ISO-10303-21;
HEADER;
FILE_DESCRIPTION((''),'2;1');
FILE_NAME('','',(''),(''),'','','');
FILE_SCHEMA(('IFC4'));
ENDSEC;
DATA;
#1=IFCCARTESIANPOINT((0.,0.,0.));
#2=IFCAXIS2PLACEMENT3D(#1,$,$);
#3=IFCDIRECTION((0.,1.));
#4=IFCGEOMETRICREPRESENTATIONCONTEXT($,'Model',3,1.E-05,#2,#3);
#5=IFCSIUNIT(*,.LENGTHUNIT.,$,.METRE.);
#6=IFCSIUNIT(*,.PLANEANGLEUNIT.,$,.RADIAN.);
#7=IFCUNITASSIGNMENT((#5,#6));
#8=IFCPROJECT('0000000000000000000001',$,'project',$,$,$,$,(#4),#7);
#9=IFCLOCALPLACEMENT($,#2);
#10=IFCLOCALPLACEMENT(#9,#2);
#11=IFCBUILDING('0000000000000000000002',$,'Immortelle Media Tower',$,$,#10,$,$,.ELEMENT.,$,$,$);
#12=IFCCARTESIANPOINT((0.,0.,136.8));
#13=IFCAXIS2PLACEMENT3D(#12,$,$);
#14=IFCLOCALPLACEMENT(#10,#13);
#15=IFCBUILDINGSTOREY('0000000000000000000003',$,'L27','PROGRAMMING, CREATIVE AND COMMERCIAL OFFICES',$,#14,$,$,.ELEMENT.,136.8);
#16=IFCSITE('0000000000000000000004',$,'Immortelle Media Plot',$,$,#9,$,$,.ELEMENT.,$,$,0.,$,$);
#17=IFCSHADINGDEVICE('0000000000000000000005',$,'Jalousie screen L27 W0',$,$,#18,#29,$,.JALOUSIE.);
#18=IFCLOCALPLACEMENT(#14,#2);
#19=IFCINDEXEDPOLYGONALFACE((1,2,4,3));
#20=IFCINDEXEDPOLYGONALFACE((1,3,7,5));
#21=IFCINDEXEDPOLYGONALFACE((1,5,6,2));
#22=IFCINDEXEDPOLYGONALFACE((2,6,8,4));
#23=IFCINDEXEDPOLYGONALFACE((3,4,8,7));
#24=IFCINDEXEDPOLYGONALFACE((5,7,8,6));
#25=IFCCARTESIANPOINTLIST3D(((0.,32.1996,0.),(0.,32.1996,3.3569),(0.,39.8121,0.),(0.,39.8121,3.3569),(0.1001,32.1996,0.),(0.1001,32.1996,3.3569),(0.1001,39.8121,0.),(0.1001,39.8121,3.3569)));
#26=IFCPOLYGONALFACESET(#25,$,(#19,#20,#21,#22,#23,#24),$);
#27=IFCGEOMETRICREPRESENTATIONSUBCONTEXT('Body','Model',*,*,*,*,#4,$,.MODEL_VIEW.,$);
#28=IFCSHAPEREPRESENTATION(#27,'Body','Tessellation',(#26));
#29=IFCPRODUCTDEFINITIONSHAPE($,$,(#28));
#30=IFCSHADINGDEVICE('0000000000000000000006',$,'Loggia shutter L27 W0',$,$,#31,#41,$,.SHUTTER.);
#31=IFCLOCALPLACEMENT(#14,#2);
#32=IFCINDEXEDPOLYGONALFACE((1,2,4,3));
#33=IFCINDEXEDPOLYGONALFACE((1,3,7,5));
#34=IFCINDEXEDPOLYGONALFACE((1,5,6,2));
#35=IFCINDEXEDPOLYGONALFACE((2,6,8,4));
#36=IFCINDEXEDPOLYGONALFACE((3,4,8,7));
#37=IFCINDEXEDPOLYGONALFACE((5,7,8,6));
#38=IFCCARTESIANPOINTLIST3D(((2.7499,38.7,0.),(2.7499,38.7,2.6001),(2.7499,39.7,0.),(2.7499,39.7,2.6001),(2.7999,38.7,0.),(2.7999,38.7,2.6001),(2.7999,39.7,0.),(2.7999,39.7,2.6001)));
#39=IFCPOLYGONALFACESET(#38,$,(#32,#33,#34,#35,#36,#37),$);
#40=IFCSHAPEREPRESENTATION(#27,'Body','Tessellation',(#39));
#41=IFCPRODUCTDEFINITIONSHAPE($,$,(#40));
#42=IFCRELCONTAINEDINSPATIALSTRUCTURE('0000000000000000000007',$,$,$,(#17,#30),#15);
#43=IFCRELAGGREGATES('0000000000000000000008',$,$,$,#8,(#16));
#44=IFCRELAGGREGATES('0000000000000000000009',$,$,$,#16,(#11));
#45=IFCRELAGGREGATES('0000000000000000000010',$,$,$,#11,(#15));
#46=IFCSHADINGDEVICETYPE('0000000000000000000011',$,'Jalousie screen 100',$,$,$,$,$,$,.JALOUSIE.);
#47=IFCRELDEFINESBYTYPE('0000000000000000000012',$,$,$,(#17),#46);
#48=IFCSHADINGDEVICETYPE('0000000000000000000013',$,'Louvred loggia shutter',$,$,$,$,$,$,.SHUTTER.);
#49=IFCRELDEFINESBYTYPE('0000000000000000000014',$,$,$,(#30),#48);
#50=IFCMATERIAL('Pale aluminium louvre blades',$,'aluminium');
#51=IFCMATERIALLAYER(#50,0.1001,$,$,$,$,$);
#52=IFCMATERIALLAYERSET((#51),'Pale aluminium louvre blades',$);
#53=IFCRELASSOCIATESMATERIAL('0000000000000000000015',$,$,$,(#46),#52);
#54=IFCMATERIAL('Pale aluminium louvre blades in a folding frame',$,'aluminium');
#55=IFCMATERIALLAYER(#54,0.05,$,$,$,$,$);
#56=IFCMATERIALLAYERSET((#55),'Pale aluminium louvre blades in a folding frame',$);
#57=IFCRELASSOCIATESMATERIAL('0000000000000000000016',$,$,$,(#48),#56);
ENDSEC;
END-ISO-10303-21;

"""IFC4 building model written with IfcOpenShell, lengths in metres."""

from ifc_helpers import new_model, si_unit, direction, frame, origin, origin_2d, place, context, subcontext, project, spatial, rectangle, extrude, material, layer, layer_set, type_object, element, save


model = new_model("IFC4")

# Units and contexts
model_context = context("Model", 3, precision=1e-05, world=origin(), true_north=direction((0.0, 1.0)))
body_context = subcontext(model_context, "Body", "Model", "MODEL_VIEW")
ifc_project = project(units=[si_unit("LENGTHUNIT", "METRE"), si_unit("PLANEANGLEUNIT", "RADIAN")], contexts=[model_context])

# Site, building, storey
site_placement = place(None, origin())
site = spatial("IfcSite", under=ifc_project, at=site_placement, Name="Immortelle Media Plot", CompositionType="ELEMENT", RefElevation=0.0)
building_placement = place(site_placement, origin())
building = spatial("IfcBuilding", under=site, at=building_placement, Name="Immortelle Media Tower", CompositionType="ELEMENT")
storey_placement = place(building_placement, frame((0.0, 0.0, 136.8)))
storey = spatial("IfcBuildingStorey", under=building, at=storey_placement, Name="L27", Description="PROGRAMMING, CREATIVE AND COMMERCIAL OFFICES", CompositionType="ELEMENT", Elevation=136.8)

# Shading devices
ifc_material_1 = material(Name="Pale aluminium louvre blades", Category="aluminium")
ifc_layer_1 = layer(ifc_material_1, 0.1001)
ifc_layer_set_1 = layer_set([ifc_layer_1], Name="Pale aluminium louvre blades")
shading_device_type_1 = type_object("IfcShadingDeviceType", Name="Jalousie screen 100", PredefinedType="JALOUSIE", material=ifc_layer_set_1)
shading_device_1_placement = place(storey_placement, frame((0.05, 36.0059, 0.0), z_axis=(0.0, 0.0, 1.0), x_axis=(0.0, -1.0, 0.0)))
element("IfcShadingDevice", 1, at=shading_device_1_placement, inside=storey, type_object=shading_device_type_1, Name="Jalousie screen L27 W0", PredefinedType="JALOUSIE", context=body_context, shape_type="SweptSolid", body=[
    extrude(rectangle(XDim=7.6125, YDim=0.1001, at=origin_2d()), origin(), (0.0, 0.0, 1.0), 3.3569),
])
ifc_material_2 = material(Name="Pale aluminium louvre blades in a folding frame", Category="aluminium")
ifc_layer_2 = layer(ifc_material_2, 0.05)
ifc_layer_set_2 = layer_set([ifc_layer_2], Name="Pale aluminium louvre blades in a folding frame")
shading_device_type_2 = type_object("IfcShadingDeviceType", Name="Louvred loggia shutter", PredefinedType="SHUTTER", material=ifc_layer_set_2)
shading_device_2_placement = place(storey_placement, frame((2.7749, 39.2, 0.0), z_axis=(0.0, 0.0, 1.0), x_axis=(0.0, -1.0, 0.0)))
element("IfcShadingDevice", 2, at=shading_device_2_placement, inside=storey, type_object=shading_device_type_2, Name="Loggia shutter L27 W0", PredefinedType="SHUTTER", context=body_context, shape_type="SweptSolid", body=[
    extrude(rectangle(XDim=1.0, YDim=0.05, at=origin_2d()), origin(), (0.0, 0.0, 1.0), 2.6001),
])

save(model, "model.ifc")
